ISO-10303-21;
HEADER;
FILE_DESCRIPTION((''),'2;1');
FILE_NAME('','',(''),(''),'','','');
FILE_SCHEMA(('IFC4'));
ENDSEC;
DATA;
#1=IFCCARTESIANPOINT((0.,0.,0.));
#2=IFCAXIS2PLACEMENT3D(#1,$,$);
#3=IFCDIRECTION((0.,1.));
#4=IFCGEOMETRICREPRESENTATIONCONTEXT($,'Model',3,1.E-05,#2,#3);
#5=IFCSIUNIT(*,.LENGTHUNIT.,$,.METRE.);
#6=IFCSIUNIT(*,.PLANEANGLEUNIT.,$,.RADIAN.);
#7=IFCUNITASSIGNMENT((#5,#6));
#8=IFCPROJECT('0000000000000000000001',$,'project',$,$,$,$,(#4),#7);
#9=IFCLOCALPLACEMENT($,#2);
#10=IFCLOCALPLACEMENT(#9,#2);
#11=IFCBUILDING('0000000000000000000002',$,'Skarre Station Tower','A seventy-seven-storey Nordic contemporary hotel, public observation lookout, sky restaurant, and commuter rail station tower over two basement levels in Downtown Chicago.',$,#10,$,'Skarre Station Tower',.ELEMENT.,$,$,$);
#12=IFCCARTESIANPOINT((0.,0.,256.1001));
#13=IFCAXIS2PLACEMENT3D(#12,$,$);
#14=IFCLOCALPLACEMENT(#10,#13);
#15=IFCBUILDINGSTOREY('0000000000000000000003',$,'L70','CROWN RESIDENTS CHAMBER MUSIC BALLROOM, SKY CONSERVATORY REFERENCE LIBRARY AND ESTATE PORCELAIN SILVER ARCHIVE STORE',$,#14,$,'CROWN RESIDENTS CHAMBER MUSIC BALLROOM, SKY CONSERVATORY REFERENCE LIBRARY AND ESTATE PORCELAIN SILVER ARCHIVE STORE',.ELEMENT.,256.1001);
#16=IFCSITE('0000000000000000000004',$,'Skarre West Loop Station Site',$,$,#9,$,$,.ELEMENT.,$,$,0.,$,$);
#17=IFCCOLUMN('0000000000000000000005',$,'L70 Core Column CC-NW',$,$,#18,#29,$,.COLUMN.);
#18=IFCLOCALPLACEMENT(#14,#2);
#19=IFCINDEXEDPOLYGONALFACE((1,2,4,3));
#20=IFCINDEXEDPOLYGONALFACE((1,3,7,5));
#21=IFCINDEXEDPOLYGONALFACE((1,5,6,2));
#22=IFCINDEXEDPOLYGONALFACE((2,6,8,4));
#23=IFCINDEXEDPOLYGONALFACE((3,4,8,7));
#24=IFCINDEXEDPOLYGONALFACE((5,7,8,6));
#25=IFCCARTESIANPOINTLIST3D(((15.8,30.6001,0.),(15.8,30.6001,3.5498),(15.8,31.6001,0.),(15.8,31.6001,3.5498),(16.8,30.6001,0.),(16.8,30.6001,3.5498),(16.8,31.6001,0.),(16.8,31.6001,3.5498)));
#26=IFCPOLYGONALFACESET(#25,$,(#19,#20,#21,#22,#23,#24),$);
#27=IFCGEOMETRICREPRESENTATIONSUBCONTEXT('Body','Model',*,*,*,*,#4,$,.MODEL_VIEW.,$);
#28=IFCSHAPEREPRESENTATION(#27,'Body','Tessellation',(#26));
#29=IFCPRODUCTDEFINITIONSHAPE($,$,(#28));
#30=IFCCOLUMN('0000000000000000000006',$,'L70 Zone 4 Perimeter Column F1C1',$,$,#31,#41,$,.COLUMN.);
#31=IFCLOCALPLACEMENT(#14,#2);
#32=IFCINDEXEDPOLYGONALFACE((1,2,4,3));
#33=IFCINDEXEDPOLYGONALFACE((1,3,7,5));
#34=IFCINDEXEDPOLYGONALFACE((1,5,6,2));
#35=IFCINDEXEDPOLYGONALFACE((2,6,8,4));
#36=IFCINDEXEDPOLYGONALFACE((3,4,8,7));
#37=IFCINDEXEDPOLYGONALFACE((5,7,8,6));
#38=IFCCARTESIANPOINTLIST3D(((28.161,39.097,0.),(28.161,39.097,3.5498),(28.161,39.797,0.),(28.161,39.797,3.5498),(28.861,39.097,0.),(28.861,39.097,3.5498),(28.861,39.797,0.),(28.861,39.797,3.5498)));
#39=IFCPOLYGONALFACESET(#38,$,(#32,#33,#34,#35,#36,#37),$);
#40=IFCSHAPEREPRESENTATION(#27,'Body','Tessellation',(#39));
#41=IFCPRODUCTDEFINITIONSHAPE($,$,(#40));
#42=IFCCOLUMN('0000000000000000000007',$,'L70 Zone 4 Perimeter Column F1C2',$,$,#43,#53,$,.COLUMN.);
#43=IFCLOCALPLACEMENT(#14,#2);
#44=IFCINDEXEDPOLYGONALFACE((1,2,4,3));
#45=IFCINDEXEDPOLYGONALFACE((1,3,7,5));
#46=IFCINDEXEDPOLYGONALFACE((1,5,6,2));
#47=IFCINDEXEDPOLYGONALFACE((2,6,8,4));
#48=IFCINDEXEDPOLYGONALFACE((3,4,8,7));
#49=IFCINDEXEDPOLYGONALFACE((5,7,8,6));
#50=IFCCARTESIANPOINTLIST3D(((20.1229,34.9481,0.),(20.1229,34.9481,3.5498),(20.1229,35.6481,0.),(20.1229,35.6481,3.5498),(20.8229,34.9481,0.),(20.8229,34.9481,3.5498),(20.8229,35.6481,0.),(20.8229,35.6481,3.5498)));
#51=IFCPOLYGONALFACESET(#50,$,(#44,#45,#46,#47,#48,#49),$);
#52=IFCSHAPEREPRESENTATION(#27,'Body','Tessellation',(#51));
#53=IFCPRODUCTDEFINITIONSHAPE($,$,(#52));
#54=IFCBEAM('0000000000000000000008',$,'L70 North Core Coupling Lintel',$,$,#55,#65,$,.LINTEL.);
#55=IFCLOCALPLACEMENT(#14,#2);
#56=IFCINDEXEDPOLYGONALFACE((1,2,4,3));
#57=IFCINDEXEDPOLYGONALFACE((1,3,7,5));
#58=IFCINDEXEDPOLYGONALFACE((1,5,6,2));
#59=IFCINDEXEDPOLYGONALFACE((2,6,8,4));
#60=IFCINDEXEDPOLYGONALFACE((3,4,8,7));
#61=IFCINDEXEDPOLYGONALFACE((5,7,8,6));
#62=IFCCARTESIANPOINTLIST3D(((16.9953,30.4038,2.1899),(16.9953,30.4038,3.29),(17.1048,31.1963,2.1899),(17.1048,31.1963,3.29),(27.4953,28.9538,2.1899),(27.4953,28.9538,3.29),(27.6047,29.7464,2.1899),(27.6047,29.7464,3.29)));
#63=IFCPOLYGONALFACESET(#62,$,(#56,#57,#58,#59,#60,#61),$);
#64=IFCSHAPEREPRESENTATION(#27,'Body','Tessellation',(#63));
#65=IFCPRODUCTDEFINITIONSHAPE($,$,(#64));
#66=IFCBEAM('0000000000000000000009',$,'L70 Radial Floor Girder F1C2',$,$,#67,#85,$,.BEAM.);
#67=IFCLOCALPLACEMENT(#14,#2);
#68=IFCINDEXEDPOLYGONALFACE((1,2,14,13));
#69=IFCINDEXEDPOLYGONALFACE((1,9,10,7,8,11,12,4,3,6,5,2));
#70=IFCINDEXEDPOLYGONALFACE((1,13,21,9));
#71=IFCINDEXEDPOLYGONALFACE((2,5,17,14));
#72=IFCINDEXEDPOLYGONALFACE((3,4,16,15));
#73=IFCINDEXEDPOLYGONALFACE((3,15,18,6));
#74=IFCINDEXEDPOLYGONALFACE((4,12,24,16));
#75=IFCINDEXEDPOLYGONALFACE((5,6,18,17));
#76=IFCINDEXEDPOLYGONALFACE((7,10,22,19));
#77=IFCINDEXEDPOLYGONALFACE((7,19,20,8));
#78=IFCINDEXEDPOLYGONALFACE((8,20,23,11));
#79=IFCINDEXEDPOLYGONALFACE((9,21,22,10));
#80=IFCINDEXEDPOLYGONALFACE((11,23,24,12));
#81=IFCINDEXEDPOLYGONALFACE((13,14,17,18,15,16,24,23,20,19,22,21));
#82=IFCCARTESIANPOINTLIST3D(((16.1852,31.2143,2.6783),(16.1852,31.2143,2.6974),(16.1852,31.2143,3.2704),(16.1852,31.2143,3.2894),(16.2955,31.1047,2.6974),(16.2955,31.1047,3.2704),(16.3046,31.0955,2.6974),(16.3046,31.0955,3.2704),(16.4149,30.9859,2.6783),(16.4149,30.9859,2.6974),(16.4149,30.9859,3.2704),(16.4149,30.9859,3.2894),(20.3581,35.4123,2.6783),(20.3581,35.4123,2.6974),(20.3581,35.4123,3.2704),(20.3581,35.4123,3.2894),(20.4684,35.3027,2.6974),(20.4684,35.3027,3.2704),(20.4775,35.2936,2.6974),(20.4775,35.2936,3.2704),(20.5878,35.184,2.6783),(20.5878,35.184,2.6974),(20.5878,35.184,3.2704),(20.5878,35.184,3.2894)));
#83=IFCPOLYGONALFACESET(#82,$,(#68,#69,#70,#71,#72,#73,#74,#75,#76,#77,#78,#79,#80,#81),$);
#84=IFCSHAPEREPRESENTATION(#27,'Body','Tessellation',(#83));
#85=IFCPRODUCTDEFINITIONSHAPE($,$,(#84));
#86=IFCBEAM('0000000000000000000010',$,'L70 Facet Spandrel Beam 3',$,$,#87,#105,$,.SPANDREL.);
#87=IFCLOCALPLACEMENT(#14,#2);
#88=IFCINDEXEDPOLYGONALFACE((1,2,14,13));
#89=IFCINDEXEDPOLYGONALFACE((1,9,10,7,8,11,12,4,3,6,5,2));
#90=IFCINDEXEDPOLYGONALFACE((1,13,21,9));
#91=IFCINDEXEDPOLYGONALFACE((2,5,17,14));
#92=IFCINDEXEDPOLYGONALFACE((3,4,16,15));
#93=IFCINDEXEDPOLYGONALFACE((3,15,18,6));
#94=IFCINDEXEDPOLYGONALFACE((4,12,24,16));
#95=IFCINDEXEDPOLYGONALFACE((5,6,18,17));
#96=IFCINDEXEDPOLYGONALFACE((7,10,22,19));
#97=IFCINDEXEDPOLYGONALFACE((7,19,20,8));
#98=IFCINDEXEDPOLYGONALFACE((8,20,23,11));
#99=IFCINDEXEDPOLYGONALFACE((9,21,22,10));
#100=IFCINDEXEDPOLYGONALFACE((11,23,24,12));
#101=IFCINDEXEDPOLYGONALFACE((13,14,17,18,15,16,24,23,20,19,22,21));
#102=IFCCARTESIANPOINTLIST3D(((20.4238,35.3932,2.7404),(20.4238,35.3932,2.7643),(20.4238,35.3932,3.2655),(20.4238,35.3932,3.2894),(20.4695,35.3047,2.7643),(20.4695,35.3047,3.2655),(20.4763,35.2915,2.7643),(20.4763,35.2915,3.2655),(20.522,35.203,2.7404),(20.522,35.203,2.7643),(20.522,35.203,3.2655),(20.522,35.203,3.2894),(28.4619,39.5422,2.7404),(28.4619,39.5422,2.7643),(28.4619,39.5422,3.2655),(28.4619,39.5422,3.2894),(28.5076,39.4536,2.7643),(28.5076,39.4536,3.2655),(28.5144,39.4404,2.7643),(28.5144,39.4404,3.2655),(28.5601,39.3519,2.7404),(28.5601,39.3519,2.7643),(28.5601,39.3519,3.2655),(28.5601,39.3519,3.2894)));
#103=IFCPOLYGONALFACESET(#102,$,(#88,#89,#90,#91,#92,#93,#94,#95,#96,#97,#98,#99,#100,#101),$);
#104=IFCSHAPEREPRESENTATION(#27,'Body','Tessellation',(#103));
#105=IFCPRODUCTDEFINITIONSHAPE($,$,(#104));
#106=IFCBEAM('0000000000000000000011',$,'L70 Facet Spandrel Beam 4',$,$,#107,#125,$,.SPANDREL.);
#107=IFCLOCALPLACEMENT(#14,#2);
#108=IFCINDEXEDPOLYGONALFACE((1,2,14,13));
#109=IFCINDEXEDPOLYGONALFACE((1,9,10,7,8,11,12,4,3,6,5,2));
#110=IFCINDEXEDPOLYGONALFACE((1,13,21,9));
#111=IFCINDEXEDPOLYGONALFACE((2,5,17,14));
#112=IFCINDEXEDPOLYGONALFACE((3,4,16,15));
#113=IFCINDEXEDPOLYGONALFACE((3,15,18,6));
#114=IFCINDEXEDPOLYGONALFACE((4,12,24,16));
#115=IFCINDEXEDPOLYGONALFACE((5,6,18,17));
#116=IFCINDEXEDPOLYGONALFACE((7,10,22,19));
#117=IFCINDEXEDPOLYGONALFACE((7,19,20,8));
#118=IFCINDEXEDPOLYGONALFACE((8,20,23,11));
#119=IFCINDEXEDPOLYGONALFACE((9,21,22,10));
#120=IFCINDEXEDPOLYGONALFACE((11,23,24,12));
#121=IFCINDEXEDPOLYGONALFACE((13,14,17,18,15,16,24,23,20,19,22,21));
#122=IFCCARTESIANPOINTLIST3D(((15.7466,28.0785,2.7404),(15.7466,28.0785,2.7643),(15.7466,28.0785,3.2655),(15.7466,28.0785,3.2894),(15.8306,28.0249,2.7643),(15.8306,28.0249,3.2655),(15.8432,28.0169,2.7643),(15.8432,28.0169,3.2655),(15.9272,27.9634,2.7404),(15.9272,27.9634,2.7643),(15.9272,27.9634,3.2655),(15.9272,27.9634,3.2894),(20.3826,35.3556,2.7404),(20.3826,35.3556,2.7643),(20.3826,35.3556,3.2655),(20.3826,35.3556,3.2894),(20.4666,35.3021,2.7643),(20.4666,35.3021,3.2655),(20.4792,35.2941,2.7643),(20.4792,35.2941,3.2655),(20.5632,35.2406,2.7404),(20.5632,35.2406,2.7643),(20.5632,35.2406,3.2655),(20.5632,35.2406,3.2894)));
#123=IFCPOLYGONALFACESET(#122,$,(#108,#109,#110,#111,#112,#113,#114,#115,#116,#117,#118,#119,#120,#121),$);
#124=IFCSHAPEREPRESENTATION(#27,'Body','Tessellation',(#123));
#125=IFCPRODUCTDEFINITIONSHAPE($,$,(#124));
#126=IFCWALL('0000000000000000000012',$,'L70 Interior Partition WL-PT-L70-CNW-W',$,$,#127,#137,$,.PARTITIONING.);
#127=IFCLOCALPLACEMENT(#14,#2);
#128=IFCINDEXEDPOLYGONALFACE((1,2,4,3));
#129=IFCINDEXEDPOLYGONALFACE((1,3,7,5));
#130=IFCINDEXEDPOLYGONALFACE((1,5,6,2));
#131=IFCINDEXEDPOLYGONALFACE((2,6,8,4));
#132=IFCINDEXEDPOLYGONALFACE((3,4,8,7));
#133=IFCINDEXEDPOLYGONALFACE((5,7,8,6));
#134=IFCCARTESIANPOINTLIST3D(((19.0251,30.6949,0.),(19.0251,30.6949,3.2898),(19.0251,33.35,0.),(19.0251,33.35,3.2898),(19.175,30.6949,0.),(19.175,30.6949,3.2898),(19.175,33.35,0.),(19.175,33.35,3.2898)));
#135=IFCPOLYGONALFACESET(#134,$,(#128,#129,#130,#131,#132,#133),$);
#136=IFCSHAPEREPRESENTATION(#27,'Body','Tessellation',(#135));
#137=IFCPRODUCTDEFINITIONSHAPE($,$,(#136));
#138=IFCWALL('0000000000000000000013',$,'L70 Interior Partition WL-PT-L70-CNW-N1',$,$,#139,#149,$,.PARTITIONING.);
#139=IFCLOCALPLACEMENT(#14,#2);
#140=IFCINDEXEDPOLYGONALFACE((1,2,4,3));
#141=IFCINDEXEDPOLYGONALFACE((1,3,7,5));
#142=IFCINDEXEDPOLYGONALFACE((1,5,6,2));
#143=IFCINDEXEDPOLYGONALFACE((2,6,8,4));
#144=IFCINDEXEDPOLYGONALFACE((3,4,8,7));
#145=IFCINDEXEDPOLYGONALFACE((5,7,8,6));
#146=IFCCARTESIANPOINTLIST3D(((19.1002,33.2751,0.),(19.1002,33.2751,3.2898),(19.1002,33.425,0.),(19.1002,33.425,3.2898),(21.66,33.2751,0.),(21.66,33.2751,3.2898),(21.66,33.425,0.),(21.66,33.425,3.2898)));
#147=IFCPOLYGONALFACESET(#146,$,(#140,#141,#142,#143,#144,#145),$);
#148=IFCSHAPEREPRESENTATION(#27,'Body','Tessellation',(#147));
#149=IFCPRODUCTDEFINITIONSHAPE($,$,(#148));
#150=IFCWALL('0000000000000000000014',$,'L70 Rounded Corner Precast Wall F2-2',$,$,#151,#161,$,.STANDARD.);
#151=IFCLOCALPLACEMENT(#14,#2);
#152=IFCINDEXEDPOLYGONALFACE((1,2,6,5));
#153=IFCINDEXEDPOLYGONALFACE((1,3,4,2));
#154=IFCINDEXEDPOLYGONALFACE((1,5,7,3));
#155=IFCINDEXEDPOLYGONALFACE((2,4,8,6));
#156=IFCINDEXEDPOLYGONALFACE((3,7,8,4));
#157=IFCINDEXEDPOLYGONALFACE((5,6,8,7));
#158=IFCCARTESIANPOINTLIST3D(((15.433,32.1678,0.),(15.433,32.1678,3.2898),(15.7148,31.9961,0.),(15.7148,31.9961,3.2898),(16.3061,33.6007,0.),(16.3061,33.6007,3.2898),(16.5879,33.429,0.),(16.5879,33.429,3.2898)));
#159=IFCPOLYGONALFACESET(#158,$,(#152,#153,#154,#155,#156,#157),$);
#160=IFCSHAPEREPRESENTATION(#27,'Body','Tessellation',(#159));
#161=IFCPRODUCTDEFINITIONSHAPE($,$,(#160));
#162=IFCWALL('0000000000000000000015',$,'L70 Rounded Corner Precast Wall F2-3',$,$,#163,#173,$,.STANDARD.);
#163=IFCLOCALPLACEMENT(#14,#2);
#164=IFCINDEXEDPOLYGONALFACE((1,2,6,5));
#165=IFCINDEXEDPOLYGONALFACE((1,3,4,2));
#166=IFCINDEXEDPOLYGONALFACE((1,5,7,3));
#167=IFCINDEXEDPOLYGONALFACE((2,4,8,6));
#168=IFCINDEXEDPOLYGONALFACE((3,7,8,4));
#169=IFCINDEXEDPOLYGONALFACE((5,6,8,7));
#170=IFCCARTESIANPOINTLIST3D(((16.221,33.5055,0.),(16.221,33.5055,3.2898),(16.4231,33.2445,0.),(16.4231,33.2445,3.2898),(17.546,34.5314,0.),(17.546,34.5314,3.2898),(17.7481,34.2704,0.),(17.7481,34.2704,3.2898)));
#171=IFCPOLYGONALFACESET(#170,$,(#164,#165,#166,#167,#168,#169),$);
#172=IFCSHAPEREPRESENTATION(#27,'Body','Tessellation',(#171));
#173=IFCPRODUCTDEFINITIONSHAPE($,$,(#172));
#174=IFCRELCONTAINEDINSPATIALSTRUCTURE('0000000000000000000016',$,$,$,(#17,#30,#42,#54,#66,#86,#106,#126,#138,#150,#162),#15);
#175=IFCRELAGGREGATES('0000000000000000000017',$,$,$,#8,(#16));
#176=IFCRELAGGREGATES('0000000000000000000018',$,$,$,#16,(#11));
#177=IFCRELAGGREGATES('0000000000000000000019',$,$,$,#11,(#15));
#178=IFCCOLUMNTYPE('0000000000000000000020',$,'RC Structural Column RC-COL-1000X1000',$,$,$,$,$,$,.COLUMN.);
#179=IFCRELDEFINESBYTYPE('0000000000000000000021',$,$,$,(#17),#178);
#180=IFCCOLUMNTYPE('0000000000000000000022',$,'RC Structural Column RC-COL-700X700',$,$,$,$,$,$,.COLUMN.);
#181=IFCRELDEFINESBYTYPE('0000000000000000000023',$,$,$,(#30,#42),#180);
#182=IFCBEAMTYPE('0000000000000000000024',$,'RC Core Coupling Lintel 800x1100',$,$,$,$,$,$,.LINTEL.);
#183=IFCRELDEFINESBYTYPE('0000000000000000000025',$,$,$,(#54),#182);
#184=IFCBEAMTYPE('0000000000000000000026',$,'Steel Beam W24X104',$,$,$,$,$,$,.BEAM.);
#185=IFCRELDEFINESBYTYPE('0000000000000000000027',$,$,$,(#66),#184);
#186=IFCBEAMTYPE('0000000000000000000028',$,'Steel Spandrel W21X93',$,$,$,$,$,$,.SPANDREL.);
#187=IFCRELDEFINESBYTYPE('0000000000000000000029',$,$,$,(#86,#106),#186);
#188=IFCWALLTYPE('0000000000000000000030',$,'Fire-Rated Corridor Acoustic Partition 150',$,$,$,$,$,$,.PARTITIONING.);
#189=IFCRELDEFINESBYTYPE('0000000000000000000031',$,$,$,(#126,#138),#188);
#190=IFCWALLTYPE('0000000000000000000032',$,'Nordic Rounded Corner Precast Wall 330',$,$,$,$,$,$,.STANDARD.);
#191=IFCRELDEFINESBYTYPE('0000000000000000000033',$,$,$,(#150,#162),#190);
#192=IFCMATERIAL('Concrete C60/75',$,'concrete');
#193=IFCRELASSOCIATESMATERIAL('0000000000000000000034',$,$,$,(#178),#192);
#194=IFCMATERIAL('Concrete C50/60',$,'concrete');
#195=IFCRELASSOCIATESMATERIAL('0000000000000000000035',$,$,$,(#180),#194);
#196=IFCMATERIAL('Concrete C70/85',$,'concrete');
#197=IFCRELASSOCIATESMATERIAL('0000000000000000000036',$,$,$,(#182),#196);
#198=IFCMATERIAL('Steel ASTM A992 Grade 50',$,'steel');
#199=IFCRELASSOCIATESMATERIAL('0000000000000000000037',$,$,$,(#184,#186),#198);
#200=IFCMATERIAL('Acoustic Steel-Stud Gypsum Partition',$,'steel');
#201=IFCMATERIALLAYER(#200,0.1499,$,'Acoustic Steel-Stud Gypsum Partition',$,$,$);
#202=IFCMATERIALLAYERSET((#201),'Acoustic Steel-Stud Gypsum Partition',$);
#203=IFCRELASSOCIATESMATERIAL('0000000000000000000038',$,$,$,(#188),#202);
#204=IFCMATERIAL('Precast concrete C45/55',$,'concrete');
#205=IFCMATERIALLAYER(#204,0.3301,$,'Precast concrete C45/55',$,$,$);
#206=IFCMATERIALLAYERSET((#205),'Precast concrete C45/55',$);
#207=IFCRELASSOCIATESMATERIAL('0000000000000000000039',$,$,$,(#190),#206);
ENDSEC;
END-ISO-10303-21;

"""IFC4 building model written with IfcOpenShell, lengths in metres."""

from ifc_helpers import new_model, si_unit, direction, frame, frame_2d, origin, origin_2d, place, context, subcontext, project, spatial, rectangle, i_section, extrude, material, layer, layer_set, material_profile, profile_set, type_object, element, save


model = new_model("IFC4")

# Units and contexts
model_context = context("Model", 3, precision=1e-05, world=origin(), true_north=direction((0.0, 1.0)))
body_context = subcontext(model_context, "Body", "Model", "MODEL_VIEW")
ifc_project = project(units=[si_unit("LENGTHUNIT", "METRE"), si_unit("PLANEANGLEUNIT", "RADIAN")], contexts=[model_context])

# Site, building, storey
site_placement = place(None, origin())
site = spatial("IfcSite", under=ifc_project, at=site_placement, Name="Skarre West Loop Station Site", CompositionType="ELEMENT", RefElevation=0.0)
building_placement = place(site_placement, origin())
building = spatial("IfcBuilding", under=site, at=building_placement, Name="Skarre Station Tower", Description="A seventy-seven-storey Nordic contemporary hotel, public observation lookout, sky restaurant, and commuter rail station tower over two basement levels in Downtown Chicago.", LongName="Skarre Station Tower", CompositionType="ELEMENT")
storey_placement = place(building_placement, frame((0.0, 0.0, 256.1001)))
storey = spatial("IfcBuildingStorey", under=building, at=storey_placement, Name="L70", Description="CROWN RESIDENTS CHAMBER MUSIC BALLROOM, SKY CONSERVATORY REFERENCE LIBRARY AND ESTATE PORCELAIN SILVER ARCHIVE STORE", LongName="CROWN RESIDENTS CHAMBER MUSIC BALLROOM, SKY CONSERVATORY REFERENCE LIBRARY AND ESTATE PORCELAIN SILVER ARCHIVE STORE", CompositionType="ELEMENT", Elevation=256.1001)

# Columns
ifc_material_1 = material(Name="Concrete C60/75", Category="concrete")
ifc_material_profile_1 = material_profile(ifc_material_1, rectangle(XDim=1.0, YDim=1.0, at=origin_2d()), Name="Concrete C60/75")
ifc_profile_set_1 = profile_set([ifc_material_profile_1], Name="Concrete C60/75")
column_type_1 = type_object("IfcColumnType", Name="RC Structural Column RC-COL-1000X1000", PredefinedType="COLUMN", material=ifc_profile_set_1)
column_placement = place(storey_placement, frame((16.3, 31.1001, 0.0), z_axis=(0.0, 0.0, 1.0), x_axis=(1.0, 0.0, 0.0)))
element("IfcColumn", 1, at=column_placement, inside=storey, type_object=column_type_1, Name="L70 Core Column CC-NW", PredefinedType="COLUMN", context=body_context, shape_type="SweptSolid", body=[
    extrude(rectangle(XDim=1.0, YDim=1.0, at=origin_2d()), origin(), (0.0, 0.0, 1.0), 3.5498),
])
ifc_material_2 = material(Name="Concrete C50/60", Category="concrete")
ifc_material_profile_2 = material_profile(ifc_material_2, rectangle(XDim=0.7, YDim=0.7, at=origin_2d()), Name="Concrete C50/60")
ifc_profile_set_2 = profile_set([ifc_material_profile_2], Name="Concrete C50/60")
column_type_2 = type_object("IfcColumnType", Name="RC Structural Column RC-COL-700X700", PredefinedType="COLUMN", material=ifc_profile_set_2)
for number, where, z_axis, x_axis, name in (
    (2, (28.511, 39.447, 0.0), (0.0, 0.0, 1.0), (1.0, 0.0, 0.0), "L70 Zone 4 Perimeter Column F1C1"),
    (3, (20.4729, 35.2981, 0.0), (0.0, 0.0, 1.0), (1.0, 0.0, 0.0), "L70 Zone 4 Perimeter Column F1C2"),
):
    element("IfcColumn", number, at=place(storey_placement, frame(where, z_axis=z_axis, x_axis=x_axis)), inside=storey, type_object=column_type_2, Name=name, PredefinedType="COLUMN", context=body_context, shape_type="SweptSolid", body=[
        extrude(rectangle(XDim=0.7, YDim=0.7, at=origin_2d()), origin(), (0.0, 0.0, 1.0), 3.5498),
    ])

# Beams
ifc_material_3 = material(Name="Concrete C70/85", Category="concrete")
ifc_material_profile_3 = material_profile(ifc_material_3, rectangle(XDim=0.8, YDim=1.1001, at=origin_2d()), Name="Concrete C70/85")
ifc_profile_set_3 = profile_set([ifc_material_profile_3], Name="Concrete C70/85")
beam_type_1 = type_object("IfcBeamType", Name="RC Core Coupling Lintel 800x1100", PredefinedType="LINTEL", material=ifc_profile_set_3)
beam_1_placement = place(storey_placement, frame((17.05, 30.8, 2.74), z_axis=(0.9906, -0.136792, 0.0), x_axis=(0.136792, 0.9906, 0.0)))
element("IfcBeam", 4, at=beam_1_placement, inside=storey, type_object=beam_type_1, Name="L70 North Core Coupling Lintel", PredefinedType="LINTEL", context=body_context, shape_type="SweptSolid", body=[
    extrude(rectangle(XDim=0.8, YDim=1.1001, at=origin_2d()), origin(), (0.0, 0.0, 1.0), 10.5996),
])
ifc_material_4 = material(Name="Steel ASTM A992 Grade 50", Category="steel")
ifc_material_profile_4 = material_profile(ifc_material_4, i_section(OverallWidth=0.324, OverallDepth=0.6111, WebThickness=0.0129, FlangeThickness=0.019, at=origin_2d()), Name="Steel ASTM A992 Grade 50")
ifc_profile_set_4 = profile_set([ifc_material_profile_4], Name="Steel ASTM A992 Grade 50")
beam_type_2 = type_object("IfcBeamType", Name="Steel Beam W24X104", PredefinedType="BEAM", material=ifc_profile_set_4)
beam_2_placement = place(storey_placement, frame((16.3, 31.1001, 2.9839), z_axis=(0.704979, 0.709228, 0.0), x_axis=(-0.709228, 0.704979, 0.0)))
element("IfcBeam", 5, at=beam_2_placement, inside=storey, type_object=beam_type_2, Name="L70 Radial Floor Girder F1C2", PredefinedType="BEAM", context=body_context, shape_type="SweptSolid", body=[
    extrude(i_section(OverallWidth=0.324, OverallDepth=0.6111, WebThickness=0.0129, FlangeThickness=0.019, at=origin_2d()), origin(), (0.0, 0.0, 1.0), 5.9192),
])
ifc_material_profile_5 = material_profile(ifc_material_4, i_section(OverallWidth=0.2141, OverallDepth=0.5491, WebThickness=0.0149, FlangeThickness=0.0239, at=origin_2d()), Name="Steel ASTM A992 Grade 50")
ifc_profile_set_5 = profile_set([ifc_material_profile_5], Name="Steel ASTM A992 Grade 50")
beam_type_3 = type_object("IfcBeamType", Name="Steel Spandrel W21X93", PredefinedType="SPANDREL", material=ifc_profile_set_5)
beam_3_placement = place(storey_placement, frame((28.511, 39.447, 3.0149), z_axis=(-0.88861, -0.458664, 0.0), x_axis=(0.458664, -0.88861, 0.0)))
element("IfcBeam", 6, at=beam_3_placement, inside=storey, type_object=beam_type_3, Name="L70 Facet Spandrel Beam 3", PredefinedType="SPANDREL", context=body_context, shape_type="SweptSolid", body=[
    extrude(i_section(OverallWidth=0.2141, OverallDepth=0.5491, WebThickness=0.0149, FlangeThickness=0.0239, at=origin_2d()), origin(), (0.0, 0.0, 1.0), 9.0457),
])
beam_4_placement = place(storey_placement, frame((20.4729, 35.2981, 3.0149), z_axis=(-0.537297, -0.843393, 0.0), x_axis=(0.843393, -0.537297, 0.0)))
element("IfcBeam", 7, at=beam_4_placement, inside=storey, type_object=beam_type_3, Name="L70 Facet Spandrel Beam 4", PredefinedType="SPANDREL", context=body_context, shape_type="SweptSolid", body=[
    extrude(i_section(OverallWidth=0.2141, OverallDepth=0.5491, WebThickness=0.0149, FlangeThickness=0.0239, at=origin_2d()), origin(), (0.0, 0.0, 1.0), 8.6284),
])

# Walls
ifc_material_5 = material(Name="Acoustic Steel-Stud Gypsum Partition", Category="steel")
ifc_layer_1 = layer(ifc_material_5, 0.1499, Name="Acoustic Steel-Stud Gypsum Partition")
ifc_layer_set_1 = layer_set([ifc_layer_1], Name="Acoustic Steel-Stud Gypsum Partition")
wall_type_1 = type_object("IfcWallType", Name="Fire-Rated Corridor Acoustic Partition 150", PredefinedType="PARTITIONING", material=ifc_layer_set_1)
wall_1_placement = place(storey_placement, frame((19.1001, 33.3501, 0.0), z_axis=(0.0, 0.0, 1.0), x_axis=(0.0, -1.0, 0.0)))
element("IfcWall", 8, at=wall_1_placement, inside=storey, type_object=wall_type_1, Name="L70 Interior Partition WL-PT-L70-CNW-W", PredefinedType="PARTITIONING", context=body_context, shape_type="SweptSolid", body=[
    extrude(rectangle(XDim=2.655, YDim=0.1499, at=frame_2d((1.3276, 0.0))), origin(), (0.0, 0.0, 1.0), 3.2898),
])
wall_2_placement = place(storey_placement, frame((21.6599, 33.3501, 0.0), z_axis=(0.0, 0.0, 1.0), x_axis=(-1.0, 0.0, 0.0)))
element("IfcWall", 9, at=wall_2_placement, inside=storey, type_object=wall_type_1, Name="L70 Interior Partition WL-PT-L70-CNW-N1", PredefinedType="PARTITIONING", context=body_context, shape_type="SweptSolid", body=[
    extrude(rectangle(XDim=2.5598, YDim=0.1499, at=frame_2d((1.2798, 0.0))), origin(), (0.0, 0.0, 1.0), 3.2898),
])
ifc_material_6 = material(Name="Precast concrete C45/55", Category="concrete")
ifc_layer_2 = layer(ifc_material_6, 0.3301, Name="Precast concrete C45/55")
ifc_layer_set_2 = layer_set([ifc_layer_2], Name="Precast concrete C45/55")
wall_type_2 = type_object("IfcWallType", Name="Nordic Rounded Corner Precast Wall 330", PredefinedType="STANDARD", material=ifc_layer_set_2)
wall_3_placement = place(storey_placement, frame((15.574, 32.082, 0.0), z_axis=(0.0, 0.0, 1.0), x_axis=(0.520325, 0.853968, 0.0)))
element("IfcWall", 10, at=wall_3_placement, inside=storey, type_object=wall_type_2, Name="L70 Rounded Corner Precast Wall F2-2", PredefinedType="STANDARD", context=body_context, shape_type="SweptSolid", body=[
    extrude(rectangle(XDim=1.678, YDim=0.3301, at=frame_2d((0.8389, 0.0))), origin(), (0.0, 0.0, 1.0), 3.2898),
])
wall_4_placement = place(storey_placement, frame((16.322, 33.375, 0.0), z_axis=(0.0, 0.0, 1.0), x_axis=(0.790692, 0.612214, 0.0)))
element("IfcWall", 11, at=wall_4_placement, inside=storey, type_object=wall_type_2, Name="L70 Rounded Corner Precast Wall F2-3", PredefinedType="STANDARD", context=body_context, shape_type="SweptSolid", body=[
    extrude(rectangle(XDim=1.6758, YDim=0.3301, at=frame_2d((0.8379, 0.0))), origin(), (0.0, 0.0, 1.0), 3.2898),
])

save(model, "model.ifc")
